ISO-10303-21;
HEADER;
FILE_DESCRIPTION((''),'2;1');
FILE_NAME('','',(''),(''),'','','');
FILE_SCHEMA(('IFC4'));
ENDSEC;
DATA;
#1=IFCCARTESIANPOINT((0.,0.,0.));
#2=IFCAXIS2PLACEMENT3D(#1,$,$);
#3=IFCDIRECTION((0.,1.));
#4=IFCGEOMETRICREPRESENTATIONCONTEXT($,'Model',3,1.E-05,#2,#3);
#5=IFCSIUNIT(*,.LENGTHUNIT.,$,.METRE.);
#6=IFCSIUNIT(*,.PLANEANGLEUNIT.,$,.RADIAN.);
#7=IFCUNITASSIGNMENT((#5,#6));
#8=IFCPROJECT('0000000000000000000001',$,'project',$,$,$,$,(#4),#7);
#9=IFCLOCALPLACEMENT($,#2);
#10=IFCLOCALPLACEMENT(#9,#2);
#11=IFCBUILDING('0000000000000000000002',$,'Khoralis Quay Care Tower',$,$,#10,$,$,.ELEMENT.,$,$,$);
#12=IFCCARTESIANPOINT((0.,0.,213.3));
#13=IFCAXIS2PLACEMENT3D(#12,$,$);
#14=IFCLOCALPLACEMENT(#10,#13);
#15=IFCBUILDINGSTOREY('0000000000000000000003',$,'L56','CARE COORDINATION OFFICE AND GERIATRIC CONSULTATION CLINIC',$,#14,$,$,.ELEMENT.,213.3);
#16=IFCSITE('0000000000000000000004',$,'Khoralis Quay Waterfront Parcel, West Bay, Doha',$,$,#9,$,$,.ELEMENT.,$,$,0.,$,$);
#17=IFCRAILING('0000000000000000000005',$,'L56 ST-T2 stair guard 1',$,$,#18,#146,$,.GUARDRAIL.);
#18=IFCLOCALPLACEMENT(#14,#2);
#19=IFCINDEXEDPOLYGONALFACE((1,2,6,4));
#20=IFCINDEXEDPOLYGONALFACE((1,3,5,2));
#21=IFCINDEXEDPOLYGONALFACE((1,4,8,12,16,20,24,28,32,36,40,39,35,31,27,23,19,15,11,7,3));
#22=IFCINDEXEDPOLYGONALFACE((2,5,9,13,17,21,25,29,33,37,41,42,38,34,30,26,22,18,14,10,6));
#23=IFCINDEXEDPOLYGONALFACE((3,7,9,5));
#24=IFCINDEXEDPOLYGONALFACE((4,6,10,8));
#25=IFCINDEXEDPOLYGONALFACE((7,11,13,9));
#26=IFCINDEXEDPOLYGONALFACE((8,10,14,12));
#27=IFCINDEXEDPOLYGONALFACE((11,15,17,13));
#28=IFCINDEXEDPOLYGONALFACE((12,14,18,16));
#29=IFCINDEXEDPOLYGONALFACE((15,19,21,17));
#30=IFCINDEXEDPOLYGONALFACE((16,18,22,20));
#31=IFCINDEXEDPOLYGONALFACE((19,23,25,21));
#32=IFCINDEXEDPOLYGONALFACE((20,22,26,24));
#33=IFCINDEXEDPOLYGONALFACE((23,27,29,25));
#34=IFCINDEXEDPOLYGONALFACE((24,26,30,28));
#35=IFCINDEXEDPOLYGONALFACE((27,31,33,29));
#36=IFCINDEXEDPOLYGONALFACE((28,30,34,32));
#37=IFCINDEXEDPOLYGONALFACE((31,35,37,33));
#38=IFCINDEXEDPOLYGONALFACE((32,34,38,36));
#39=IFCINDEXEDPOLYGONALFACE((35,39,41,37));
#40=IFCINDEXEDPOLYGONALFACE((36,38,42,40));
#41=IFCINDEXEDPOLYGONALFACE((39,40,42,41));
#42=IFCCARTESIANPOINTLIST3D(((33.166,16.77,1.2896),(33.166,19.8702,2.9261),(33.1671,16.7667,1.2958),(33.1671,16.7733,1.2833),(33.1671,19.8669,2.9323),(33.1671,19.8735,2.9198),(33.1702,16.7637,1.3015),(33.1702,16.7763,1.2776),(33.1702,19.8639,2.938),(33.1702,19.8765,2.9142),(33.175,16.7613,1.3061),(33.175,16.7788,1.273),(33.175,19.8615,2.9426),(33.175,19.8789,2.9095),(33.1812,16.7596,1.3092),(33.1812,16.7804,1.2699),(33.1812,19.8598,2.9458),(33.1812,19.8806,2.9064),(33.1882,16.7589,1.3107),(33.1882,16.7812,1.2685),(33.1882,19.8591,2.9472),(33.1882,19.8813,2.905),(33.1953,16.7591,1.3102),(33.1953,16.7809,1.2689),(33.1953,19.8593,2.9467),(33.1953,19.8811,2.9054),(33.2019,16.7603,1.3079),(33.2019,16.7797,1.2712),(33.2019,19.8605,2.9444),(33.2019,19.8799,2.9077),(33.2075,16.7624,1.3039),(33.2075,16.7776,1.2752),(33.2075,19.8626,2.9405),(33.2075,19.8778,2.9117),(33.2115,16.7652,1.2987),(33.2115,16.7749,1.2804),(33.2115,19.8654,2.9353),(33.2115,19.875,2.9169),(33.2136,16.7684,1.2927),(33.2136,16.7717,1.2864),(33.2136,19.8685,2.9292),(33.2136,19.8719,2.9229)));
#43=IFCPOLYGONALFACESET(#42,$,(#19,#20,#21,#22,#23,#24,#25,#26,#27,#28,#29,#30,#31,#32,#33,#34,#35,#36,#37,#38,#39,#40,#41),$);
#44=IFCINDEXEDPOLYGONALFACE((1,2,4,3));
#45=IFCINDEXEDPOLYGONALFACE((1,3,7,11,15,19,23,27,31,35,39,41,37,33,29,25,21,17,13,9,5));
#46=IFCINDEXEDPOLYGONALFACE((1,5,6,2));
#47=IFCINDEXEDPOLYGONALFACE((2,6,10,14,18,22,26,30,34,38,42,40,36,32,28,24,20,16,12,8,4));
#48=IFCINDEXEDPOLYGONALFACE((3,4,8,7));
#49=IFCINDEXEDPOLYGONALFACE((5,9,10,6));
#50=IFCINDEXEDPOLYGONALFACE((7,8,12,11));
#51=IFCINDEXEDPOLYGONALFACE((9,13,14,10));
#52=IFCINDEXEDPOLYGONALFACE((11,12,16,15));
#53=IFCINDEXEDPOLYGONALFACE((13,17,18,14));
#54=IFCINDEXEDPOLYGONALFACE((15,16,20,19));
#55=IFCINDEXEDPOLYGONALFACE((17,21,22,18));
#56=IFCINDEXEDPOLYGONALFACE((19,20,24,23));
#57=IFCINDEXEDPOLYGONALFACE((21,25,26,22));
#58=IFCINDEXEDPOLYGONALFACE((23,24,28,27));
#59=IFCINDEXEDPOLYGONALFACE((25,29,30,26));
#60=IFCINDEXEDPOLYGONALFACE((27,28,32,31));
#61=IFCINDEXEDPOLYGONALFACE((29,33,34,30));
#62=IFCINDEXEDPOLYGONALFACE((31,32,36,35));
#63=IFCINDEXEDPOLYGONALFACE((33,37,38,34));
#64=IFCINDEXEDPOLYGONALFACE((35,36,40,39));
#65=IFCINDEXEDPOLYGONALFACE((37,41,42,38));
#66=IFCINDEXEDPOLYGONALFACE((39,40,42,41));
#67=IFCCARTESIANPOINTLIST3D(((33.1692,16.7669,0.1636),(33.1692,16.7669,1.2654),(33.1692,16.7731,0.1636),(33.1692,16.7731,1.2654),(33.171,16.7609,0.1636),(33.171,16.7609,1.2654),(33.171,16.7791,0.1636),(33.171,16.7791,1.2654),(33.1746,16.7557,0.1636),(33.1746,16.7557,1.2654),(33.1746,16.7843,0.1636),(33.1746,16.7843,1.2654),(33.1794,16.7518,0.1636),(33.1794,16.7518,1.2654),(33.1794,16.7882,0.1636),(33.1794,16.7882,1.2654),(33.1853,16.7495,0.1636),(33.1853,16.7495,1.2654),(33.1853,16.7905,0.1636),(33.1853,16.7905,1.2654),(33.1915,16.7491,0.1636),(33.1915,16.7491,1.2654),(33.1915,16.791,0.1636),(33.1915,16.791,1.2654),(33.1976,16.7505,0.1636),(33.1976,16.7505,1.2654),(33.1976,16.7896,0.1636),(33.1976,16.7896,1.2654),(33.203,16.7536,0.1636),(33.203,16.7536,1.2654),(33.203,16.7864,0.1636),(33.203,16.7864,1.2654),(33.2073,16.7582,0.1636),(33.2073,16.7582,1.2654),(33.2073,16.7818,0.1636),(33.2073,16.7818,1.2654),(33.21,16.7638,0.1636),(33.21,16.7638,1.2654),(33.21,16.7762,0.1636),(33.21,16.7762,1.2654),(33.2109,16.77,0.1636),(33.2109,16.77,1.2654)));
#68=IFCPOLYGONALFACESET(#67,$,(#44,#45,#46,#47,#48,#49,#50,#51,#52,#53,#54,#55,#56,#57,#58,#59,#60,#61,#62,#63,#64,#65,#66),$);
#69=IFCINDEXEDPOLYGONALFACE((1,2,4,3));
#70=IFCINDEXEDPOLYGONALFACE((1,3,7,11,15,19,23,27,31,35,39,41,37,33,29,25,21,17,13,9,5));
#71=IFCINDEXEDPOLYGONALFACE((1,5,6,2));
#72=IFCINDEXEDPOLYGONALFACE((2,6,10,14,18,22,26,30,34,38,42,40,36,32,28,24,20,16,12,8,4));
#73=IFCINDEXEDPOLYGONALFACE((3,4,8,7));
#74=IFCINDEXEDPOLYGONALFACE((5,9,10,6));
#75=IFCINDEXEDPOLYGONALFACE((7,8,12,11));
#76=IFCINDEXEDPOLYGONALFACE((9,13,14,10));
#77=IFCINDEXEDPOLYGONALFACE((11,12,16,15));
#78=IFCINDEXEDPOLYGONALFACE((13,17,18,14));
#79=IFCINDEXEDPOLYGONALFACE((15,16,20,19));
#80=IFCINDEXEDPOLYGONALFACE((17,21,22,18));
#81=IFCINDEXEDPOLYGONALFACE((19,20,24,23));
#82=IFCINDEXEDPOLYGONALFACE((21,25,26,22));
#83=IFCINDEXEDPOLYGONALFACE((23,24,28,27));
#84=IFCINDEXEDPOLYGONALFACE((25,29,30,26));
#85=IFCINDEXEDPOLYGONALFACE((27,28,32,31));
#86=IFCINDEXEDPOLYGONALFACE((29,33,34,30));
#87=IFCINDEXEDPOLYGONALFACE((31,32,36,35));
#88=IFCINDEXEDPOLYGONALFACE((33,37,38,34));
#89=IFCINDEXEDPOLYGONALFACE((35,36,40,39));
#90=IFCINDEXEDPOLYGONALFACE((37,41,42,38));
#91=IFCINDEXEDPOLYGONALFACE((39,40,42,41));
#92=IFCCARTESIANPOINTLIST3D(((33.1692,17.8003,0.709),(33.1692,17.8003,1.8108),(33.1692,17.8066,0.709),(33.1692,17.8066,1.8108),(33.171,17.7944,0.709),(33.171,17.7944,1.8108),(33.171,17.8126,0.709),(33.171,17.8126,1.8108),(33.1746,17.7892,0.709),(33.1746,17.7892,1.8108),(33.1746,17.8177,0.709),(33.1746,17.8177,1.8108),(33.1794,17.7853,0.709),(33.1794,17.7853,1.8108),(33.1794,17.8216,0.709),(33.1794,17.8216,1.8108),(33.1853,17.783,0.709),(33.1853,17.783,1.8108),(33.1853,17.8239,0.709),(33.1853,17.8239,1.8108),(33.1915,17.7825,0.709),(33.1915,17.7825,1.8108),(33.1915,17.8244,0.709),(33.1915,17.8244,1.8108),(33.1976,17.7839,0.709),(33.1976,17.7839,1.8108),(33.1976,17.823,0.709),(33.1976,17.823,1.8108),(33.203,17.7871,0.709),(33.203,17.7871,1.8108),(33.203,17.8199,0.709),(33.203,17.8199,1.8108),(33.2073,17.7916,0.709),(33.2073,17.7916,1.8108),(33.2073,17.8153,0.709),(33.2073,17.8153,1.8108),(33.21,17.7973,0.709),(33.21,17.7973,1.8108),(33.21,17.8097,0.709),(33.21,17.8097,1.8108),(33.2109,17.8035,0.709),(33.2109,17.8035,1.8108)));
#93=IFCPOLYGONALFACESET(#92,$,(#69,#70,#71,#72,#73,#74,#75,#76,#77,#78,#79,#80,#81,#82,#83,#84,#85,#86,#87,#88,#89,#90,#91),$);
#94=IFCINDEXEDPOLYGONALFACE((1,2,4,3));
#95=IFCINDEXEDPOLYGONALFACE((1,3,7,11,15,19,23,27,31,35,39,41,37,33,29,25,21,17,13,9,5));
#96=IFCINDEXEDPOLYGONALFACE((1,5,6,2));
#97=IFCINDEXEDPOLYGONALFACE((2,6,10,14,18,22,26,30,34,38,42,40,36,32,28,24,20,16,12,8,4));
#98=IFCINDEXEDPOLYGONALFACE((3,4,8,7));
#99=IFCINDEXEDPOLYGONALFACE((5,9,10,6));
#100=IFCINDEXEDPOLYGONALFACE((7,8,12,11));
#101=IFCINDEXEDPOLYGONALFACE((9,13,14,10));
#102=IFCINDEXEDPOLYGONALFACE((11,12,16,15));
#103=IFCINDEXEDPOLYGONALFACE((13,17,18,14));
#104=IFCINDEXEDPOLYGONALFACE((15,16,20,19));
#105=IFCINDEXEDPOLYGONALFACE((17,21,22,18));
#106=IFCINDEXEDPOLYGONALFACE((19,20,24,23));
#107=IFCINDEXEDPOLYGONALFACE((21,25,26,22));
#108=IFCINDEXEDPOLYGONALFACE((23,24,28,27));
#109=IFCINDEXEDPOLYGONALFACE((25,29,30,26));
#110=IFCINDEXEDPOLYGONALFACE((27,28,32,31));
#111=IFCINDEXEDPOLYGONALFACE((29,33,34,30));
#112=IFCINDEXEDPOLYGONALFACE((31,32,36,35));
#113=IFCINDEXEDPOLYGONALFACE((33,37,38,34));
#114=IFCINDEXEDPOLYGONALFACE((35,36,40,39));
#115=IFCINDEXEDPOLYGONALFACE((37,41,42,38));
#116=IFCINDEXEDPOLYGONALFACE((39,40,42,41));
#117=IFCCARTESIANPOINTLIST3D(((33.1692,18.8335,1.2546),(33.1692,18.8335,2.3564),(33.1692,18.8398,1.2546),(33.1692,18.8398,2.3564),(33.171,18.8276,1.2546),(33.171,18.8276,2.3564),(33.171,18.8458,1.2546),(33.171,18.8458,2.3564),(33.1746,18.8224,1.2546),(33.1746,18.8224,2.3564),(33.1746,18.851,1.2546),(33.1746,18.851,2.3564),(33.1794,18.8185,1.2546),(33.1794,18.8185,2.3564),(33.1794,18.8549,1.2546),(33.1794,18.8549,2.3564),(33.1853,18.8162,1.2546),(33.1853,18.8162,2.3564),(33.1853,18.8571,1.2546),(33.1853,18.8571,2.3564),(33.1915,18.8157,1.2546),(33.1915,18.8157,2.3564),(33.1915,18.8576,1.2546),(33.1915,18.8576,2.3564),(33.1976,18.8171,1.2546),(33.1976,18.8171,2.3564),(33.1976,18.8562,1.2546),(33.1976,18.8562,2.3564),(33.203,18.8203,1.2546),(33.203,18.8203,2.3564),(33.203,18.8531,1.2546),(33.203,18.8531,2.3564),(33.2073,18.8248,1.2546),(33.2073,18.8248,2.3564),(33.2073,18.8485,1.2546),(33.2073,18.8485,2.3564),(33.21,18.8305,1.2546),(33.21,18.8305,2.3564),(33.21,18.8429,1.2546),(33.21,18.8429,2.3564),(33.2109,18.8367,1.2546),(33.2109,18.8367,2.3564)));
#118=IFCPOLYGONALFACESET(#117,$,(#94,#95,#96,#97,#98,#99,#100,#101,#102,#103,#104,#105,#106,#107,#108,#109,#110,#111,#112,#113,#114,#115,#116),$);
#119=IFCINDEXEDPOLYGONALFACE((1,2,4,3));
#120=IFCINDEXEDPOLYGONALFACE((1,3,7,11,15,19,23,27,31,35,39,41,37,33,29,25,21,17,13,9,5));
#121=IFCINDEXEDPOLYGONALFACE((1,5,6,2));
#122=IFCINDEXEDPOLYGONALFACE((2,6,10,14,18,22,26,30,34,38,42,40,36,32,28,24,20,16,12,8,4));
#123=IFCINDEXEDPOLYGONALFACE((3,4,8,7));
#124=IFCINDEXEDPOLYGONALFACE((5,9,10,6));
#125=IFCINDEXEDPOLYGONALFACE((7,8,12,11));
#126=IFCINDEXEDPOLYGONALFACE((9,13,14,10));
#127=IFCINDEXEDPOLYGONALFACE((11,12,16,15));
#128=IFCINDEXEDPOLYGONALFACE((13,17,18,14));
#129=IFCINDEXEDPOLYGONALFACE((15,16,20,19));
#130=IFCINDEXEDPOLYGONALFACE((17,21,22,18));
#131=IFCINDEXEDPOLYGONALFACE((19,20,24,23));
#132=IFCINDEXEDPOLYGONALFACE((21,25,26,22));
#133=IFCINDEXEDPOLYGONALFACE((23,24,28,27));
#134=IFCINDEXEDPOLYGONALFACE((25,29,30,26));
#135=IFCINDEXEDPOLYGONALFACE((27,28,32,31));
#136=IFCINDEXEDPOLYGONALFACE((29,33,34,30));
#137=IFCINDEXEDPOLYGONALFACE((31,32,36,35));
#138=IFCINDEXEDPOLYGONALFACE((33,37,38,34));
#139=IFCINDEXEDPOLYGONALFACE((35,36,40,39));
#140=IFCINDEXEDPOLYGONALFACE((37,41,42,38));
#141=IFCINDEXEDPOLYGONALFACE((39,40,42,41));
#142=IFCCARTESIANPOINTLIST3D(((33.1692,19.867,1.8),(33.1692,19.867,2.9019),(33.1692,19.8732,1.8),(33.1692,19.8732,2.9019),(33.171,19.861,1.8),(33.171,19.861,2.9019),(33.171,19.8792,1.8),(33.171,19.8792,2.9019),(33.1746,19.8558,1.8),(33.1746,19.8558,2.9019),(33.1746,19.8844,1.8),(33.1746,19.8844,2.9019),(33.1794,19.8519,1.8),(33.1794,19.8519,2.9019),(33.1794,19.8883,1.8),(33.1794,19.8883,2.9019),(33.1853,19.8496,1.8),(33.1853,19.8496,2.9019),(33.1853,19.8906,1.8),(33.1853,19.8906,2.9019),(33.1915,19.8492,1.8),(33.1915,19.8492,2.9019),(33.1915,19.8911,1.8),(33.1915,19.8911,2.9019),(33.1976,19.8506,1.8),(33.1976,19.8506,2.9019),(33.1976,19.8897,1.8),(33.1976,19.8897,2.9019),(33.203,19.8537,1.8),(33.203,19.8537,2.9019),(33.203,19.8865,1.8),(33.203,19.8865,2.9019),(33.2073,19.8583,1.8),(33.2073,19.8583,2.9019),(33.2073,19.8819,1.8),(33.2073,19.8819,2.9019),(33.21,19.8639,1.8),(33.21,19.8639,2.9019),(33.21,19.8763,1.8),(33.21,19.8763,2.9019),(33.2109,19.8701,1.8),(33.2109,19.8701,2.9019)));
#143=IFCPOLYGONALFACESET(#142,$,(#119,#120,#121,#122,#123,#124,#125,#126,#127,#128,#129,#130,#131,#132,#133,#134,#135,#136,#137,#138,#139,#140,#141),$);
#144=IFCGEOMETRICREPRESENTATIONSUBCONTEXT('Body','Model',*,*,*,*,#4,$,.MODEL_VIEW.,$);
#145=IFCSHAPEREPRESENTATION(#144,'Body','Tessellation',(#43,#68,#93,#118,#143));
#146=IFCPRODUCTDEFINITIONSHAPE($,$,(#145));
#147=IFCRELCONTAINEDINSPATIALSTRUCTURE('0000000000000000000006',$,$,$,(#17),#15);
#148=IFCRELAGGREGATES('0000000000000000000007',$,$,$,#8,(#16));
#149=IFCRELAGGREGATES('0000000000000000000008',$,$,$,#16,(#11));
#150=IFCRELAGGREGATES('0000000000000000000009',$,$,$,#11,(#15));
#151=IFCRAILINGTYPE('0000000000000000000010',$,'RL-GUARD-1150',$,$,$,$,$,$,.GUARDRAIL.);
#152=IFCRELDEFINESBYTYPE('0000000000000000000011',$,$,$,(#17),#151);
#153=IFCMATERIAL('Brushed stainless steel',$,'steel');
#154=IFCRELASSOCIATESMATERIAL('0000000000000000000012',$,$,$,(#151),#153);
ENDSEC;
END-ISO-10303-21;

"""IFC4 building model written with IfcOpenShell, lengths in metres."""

from ifc_helpers import new_model, si_unit, direction, frame, origin, origin_2d, place, context, subcontext, project, spatial, circle, extrude, material, type_object, element, save


model = new_model("IFC4")

# Units and contexts
model_context = context("Model", 3, precision=1e-05, world=origin(), true_north=direction((0.0, 1.0)))
body_context = subcontext(model_context, "Body", "Model", "MODEL_VIEW")
ifc_project = project(units=[si_unit("LENGTHUNIT", "METRE"), si_unit("PLANEANGLEUNIT", "RADIAN")], contexts=[model_context])

# Site, building, storey
site_placement = place(None, origin())
site = spatial("IfcSite", under=ifc_project, at=site_placement, Name="Khoralis Quay Waterfront Parcel, West Bay, Doha", CompositionType="ELEMENT", RefElevation=0.0)
building_placement = place(site_placement, origin())
building = spatial("IfcBuilding", under=site, at=building_placement, Name="Khoralis Quay Care Tower", CompositionType="ELEMENT")
storey_placement = place(building_placement, frame((0.0, 0.0, 213.3)))
storey = spatial("IfcBuildingStorey", under=building, at=storey_placement, Name="L56", Description="CARE COORDINATION OFFICE AND GERIATRIC CONSULTATION CLINIC", CompositionType="ELEMENT", Elevation=213.3)

# Shared definitions
ifc_material_1 = material(Name="Brushed stainless steel", Category="steel")

# Railing
railing_type_1 = type_object("IfcRailingType", Name="RL-GUARD-1150", PredefinedType="GUARDRAIL", material=ifc_material_1)
railing_1_placement = place(storey_placement, frame((33.1899, 16.77, 0.1636)))
element("IfcRailing", 1, at=railing_1_placement, inside=storey, type_object=railing_type_1, Name="L56 ST-T2 stair guard 1", PredefinedType="GUARDRAIL", context=body_context, shape_type="SweptSolid", body=[
    extrude(circle(Radius=0.0239, at=origin_2d()), frame((0.0, 0.0, 1.126), z_axis=(0.0, 0.884348, 0.466828), x_axis=(-1.0, 0.0, 0.0)), (0.0, 0.0, 1.0), 3.5056),
    extrude(circle(Radius=0.021, at=origin_2d()), origin(), (0.0, 0.0, 1.0), 1.1018),
    extrude(circle(Radius=0.021, at=origin_2d()), frame((0.0, 1.0334, 0.5454)), (0.0, 0.0, 1.0), 1.1018),
    extrude(circle(Radius=0.021, at=origin_2d()), frame((0.0, 2.0667, 1.0911)), (0.0, 0.0, 1.0), 1.1018),
    extrude(circle(Radius=0.021, at=origin_2d()), frame((0.0, 3.1001, 1.6365)), (0.0, 0.0, 1.0), 1.1018),
])

save(model, "model.ifc")
